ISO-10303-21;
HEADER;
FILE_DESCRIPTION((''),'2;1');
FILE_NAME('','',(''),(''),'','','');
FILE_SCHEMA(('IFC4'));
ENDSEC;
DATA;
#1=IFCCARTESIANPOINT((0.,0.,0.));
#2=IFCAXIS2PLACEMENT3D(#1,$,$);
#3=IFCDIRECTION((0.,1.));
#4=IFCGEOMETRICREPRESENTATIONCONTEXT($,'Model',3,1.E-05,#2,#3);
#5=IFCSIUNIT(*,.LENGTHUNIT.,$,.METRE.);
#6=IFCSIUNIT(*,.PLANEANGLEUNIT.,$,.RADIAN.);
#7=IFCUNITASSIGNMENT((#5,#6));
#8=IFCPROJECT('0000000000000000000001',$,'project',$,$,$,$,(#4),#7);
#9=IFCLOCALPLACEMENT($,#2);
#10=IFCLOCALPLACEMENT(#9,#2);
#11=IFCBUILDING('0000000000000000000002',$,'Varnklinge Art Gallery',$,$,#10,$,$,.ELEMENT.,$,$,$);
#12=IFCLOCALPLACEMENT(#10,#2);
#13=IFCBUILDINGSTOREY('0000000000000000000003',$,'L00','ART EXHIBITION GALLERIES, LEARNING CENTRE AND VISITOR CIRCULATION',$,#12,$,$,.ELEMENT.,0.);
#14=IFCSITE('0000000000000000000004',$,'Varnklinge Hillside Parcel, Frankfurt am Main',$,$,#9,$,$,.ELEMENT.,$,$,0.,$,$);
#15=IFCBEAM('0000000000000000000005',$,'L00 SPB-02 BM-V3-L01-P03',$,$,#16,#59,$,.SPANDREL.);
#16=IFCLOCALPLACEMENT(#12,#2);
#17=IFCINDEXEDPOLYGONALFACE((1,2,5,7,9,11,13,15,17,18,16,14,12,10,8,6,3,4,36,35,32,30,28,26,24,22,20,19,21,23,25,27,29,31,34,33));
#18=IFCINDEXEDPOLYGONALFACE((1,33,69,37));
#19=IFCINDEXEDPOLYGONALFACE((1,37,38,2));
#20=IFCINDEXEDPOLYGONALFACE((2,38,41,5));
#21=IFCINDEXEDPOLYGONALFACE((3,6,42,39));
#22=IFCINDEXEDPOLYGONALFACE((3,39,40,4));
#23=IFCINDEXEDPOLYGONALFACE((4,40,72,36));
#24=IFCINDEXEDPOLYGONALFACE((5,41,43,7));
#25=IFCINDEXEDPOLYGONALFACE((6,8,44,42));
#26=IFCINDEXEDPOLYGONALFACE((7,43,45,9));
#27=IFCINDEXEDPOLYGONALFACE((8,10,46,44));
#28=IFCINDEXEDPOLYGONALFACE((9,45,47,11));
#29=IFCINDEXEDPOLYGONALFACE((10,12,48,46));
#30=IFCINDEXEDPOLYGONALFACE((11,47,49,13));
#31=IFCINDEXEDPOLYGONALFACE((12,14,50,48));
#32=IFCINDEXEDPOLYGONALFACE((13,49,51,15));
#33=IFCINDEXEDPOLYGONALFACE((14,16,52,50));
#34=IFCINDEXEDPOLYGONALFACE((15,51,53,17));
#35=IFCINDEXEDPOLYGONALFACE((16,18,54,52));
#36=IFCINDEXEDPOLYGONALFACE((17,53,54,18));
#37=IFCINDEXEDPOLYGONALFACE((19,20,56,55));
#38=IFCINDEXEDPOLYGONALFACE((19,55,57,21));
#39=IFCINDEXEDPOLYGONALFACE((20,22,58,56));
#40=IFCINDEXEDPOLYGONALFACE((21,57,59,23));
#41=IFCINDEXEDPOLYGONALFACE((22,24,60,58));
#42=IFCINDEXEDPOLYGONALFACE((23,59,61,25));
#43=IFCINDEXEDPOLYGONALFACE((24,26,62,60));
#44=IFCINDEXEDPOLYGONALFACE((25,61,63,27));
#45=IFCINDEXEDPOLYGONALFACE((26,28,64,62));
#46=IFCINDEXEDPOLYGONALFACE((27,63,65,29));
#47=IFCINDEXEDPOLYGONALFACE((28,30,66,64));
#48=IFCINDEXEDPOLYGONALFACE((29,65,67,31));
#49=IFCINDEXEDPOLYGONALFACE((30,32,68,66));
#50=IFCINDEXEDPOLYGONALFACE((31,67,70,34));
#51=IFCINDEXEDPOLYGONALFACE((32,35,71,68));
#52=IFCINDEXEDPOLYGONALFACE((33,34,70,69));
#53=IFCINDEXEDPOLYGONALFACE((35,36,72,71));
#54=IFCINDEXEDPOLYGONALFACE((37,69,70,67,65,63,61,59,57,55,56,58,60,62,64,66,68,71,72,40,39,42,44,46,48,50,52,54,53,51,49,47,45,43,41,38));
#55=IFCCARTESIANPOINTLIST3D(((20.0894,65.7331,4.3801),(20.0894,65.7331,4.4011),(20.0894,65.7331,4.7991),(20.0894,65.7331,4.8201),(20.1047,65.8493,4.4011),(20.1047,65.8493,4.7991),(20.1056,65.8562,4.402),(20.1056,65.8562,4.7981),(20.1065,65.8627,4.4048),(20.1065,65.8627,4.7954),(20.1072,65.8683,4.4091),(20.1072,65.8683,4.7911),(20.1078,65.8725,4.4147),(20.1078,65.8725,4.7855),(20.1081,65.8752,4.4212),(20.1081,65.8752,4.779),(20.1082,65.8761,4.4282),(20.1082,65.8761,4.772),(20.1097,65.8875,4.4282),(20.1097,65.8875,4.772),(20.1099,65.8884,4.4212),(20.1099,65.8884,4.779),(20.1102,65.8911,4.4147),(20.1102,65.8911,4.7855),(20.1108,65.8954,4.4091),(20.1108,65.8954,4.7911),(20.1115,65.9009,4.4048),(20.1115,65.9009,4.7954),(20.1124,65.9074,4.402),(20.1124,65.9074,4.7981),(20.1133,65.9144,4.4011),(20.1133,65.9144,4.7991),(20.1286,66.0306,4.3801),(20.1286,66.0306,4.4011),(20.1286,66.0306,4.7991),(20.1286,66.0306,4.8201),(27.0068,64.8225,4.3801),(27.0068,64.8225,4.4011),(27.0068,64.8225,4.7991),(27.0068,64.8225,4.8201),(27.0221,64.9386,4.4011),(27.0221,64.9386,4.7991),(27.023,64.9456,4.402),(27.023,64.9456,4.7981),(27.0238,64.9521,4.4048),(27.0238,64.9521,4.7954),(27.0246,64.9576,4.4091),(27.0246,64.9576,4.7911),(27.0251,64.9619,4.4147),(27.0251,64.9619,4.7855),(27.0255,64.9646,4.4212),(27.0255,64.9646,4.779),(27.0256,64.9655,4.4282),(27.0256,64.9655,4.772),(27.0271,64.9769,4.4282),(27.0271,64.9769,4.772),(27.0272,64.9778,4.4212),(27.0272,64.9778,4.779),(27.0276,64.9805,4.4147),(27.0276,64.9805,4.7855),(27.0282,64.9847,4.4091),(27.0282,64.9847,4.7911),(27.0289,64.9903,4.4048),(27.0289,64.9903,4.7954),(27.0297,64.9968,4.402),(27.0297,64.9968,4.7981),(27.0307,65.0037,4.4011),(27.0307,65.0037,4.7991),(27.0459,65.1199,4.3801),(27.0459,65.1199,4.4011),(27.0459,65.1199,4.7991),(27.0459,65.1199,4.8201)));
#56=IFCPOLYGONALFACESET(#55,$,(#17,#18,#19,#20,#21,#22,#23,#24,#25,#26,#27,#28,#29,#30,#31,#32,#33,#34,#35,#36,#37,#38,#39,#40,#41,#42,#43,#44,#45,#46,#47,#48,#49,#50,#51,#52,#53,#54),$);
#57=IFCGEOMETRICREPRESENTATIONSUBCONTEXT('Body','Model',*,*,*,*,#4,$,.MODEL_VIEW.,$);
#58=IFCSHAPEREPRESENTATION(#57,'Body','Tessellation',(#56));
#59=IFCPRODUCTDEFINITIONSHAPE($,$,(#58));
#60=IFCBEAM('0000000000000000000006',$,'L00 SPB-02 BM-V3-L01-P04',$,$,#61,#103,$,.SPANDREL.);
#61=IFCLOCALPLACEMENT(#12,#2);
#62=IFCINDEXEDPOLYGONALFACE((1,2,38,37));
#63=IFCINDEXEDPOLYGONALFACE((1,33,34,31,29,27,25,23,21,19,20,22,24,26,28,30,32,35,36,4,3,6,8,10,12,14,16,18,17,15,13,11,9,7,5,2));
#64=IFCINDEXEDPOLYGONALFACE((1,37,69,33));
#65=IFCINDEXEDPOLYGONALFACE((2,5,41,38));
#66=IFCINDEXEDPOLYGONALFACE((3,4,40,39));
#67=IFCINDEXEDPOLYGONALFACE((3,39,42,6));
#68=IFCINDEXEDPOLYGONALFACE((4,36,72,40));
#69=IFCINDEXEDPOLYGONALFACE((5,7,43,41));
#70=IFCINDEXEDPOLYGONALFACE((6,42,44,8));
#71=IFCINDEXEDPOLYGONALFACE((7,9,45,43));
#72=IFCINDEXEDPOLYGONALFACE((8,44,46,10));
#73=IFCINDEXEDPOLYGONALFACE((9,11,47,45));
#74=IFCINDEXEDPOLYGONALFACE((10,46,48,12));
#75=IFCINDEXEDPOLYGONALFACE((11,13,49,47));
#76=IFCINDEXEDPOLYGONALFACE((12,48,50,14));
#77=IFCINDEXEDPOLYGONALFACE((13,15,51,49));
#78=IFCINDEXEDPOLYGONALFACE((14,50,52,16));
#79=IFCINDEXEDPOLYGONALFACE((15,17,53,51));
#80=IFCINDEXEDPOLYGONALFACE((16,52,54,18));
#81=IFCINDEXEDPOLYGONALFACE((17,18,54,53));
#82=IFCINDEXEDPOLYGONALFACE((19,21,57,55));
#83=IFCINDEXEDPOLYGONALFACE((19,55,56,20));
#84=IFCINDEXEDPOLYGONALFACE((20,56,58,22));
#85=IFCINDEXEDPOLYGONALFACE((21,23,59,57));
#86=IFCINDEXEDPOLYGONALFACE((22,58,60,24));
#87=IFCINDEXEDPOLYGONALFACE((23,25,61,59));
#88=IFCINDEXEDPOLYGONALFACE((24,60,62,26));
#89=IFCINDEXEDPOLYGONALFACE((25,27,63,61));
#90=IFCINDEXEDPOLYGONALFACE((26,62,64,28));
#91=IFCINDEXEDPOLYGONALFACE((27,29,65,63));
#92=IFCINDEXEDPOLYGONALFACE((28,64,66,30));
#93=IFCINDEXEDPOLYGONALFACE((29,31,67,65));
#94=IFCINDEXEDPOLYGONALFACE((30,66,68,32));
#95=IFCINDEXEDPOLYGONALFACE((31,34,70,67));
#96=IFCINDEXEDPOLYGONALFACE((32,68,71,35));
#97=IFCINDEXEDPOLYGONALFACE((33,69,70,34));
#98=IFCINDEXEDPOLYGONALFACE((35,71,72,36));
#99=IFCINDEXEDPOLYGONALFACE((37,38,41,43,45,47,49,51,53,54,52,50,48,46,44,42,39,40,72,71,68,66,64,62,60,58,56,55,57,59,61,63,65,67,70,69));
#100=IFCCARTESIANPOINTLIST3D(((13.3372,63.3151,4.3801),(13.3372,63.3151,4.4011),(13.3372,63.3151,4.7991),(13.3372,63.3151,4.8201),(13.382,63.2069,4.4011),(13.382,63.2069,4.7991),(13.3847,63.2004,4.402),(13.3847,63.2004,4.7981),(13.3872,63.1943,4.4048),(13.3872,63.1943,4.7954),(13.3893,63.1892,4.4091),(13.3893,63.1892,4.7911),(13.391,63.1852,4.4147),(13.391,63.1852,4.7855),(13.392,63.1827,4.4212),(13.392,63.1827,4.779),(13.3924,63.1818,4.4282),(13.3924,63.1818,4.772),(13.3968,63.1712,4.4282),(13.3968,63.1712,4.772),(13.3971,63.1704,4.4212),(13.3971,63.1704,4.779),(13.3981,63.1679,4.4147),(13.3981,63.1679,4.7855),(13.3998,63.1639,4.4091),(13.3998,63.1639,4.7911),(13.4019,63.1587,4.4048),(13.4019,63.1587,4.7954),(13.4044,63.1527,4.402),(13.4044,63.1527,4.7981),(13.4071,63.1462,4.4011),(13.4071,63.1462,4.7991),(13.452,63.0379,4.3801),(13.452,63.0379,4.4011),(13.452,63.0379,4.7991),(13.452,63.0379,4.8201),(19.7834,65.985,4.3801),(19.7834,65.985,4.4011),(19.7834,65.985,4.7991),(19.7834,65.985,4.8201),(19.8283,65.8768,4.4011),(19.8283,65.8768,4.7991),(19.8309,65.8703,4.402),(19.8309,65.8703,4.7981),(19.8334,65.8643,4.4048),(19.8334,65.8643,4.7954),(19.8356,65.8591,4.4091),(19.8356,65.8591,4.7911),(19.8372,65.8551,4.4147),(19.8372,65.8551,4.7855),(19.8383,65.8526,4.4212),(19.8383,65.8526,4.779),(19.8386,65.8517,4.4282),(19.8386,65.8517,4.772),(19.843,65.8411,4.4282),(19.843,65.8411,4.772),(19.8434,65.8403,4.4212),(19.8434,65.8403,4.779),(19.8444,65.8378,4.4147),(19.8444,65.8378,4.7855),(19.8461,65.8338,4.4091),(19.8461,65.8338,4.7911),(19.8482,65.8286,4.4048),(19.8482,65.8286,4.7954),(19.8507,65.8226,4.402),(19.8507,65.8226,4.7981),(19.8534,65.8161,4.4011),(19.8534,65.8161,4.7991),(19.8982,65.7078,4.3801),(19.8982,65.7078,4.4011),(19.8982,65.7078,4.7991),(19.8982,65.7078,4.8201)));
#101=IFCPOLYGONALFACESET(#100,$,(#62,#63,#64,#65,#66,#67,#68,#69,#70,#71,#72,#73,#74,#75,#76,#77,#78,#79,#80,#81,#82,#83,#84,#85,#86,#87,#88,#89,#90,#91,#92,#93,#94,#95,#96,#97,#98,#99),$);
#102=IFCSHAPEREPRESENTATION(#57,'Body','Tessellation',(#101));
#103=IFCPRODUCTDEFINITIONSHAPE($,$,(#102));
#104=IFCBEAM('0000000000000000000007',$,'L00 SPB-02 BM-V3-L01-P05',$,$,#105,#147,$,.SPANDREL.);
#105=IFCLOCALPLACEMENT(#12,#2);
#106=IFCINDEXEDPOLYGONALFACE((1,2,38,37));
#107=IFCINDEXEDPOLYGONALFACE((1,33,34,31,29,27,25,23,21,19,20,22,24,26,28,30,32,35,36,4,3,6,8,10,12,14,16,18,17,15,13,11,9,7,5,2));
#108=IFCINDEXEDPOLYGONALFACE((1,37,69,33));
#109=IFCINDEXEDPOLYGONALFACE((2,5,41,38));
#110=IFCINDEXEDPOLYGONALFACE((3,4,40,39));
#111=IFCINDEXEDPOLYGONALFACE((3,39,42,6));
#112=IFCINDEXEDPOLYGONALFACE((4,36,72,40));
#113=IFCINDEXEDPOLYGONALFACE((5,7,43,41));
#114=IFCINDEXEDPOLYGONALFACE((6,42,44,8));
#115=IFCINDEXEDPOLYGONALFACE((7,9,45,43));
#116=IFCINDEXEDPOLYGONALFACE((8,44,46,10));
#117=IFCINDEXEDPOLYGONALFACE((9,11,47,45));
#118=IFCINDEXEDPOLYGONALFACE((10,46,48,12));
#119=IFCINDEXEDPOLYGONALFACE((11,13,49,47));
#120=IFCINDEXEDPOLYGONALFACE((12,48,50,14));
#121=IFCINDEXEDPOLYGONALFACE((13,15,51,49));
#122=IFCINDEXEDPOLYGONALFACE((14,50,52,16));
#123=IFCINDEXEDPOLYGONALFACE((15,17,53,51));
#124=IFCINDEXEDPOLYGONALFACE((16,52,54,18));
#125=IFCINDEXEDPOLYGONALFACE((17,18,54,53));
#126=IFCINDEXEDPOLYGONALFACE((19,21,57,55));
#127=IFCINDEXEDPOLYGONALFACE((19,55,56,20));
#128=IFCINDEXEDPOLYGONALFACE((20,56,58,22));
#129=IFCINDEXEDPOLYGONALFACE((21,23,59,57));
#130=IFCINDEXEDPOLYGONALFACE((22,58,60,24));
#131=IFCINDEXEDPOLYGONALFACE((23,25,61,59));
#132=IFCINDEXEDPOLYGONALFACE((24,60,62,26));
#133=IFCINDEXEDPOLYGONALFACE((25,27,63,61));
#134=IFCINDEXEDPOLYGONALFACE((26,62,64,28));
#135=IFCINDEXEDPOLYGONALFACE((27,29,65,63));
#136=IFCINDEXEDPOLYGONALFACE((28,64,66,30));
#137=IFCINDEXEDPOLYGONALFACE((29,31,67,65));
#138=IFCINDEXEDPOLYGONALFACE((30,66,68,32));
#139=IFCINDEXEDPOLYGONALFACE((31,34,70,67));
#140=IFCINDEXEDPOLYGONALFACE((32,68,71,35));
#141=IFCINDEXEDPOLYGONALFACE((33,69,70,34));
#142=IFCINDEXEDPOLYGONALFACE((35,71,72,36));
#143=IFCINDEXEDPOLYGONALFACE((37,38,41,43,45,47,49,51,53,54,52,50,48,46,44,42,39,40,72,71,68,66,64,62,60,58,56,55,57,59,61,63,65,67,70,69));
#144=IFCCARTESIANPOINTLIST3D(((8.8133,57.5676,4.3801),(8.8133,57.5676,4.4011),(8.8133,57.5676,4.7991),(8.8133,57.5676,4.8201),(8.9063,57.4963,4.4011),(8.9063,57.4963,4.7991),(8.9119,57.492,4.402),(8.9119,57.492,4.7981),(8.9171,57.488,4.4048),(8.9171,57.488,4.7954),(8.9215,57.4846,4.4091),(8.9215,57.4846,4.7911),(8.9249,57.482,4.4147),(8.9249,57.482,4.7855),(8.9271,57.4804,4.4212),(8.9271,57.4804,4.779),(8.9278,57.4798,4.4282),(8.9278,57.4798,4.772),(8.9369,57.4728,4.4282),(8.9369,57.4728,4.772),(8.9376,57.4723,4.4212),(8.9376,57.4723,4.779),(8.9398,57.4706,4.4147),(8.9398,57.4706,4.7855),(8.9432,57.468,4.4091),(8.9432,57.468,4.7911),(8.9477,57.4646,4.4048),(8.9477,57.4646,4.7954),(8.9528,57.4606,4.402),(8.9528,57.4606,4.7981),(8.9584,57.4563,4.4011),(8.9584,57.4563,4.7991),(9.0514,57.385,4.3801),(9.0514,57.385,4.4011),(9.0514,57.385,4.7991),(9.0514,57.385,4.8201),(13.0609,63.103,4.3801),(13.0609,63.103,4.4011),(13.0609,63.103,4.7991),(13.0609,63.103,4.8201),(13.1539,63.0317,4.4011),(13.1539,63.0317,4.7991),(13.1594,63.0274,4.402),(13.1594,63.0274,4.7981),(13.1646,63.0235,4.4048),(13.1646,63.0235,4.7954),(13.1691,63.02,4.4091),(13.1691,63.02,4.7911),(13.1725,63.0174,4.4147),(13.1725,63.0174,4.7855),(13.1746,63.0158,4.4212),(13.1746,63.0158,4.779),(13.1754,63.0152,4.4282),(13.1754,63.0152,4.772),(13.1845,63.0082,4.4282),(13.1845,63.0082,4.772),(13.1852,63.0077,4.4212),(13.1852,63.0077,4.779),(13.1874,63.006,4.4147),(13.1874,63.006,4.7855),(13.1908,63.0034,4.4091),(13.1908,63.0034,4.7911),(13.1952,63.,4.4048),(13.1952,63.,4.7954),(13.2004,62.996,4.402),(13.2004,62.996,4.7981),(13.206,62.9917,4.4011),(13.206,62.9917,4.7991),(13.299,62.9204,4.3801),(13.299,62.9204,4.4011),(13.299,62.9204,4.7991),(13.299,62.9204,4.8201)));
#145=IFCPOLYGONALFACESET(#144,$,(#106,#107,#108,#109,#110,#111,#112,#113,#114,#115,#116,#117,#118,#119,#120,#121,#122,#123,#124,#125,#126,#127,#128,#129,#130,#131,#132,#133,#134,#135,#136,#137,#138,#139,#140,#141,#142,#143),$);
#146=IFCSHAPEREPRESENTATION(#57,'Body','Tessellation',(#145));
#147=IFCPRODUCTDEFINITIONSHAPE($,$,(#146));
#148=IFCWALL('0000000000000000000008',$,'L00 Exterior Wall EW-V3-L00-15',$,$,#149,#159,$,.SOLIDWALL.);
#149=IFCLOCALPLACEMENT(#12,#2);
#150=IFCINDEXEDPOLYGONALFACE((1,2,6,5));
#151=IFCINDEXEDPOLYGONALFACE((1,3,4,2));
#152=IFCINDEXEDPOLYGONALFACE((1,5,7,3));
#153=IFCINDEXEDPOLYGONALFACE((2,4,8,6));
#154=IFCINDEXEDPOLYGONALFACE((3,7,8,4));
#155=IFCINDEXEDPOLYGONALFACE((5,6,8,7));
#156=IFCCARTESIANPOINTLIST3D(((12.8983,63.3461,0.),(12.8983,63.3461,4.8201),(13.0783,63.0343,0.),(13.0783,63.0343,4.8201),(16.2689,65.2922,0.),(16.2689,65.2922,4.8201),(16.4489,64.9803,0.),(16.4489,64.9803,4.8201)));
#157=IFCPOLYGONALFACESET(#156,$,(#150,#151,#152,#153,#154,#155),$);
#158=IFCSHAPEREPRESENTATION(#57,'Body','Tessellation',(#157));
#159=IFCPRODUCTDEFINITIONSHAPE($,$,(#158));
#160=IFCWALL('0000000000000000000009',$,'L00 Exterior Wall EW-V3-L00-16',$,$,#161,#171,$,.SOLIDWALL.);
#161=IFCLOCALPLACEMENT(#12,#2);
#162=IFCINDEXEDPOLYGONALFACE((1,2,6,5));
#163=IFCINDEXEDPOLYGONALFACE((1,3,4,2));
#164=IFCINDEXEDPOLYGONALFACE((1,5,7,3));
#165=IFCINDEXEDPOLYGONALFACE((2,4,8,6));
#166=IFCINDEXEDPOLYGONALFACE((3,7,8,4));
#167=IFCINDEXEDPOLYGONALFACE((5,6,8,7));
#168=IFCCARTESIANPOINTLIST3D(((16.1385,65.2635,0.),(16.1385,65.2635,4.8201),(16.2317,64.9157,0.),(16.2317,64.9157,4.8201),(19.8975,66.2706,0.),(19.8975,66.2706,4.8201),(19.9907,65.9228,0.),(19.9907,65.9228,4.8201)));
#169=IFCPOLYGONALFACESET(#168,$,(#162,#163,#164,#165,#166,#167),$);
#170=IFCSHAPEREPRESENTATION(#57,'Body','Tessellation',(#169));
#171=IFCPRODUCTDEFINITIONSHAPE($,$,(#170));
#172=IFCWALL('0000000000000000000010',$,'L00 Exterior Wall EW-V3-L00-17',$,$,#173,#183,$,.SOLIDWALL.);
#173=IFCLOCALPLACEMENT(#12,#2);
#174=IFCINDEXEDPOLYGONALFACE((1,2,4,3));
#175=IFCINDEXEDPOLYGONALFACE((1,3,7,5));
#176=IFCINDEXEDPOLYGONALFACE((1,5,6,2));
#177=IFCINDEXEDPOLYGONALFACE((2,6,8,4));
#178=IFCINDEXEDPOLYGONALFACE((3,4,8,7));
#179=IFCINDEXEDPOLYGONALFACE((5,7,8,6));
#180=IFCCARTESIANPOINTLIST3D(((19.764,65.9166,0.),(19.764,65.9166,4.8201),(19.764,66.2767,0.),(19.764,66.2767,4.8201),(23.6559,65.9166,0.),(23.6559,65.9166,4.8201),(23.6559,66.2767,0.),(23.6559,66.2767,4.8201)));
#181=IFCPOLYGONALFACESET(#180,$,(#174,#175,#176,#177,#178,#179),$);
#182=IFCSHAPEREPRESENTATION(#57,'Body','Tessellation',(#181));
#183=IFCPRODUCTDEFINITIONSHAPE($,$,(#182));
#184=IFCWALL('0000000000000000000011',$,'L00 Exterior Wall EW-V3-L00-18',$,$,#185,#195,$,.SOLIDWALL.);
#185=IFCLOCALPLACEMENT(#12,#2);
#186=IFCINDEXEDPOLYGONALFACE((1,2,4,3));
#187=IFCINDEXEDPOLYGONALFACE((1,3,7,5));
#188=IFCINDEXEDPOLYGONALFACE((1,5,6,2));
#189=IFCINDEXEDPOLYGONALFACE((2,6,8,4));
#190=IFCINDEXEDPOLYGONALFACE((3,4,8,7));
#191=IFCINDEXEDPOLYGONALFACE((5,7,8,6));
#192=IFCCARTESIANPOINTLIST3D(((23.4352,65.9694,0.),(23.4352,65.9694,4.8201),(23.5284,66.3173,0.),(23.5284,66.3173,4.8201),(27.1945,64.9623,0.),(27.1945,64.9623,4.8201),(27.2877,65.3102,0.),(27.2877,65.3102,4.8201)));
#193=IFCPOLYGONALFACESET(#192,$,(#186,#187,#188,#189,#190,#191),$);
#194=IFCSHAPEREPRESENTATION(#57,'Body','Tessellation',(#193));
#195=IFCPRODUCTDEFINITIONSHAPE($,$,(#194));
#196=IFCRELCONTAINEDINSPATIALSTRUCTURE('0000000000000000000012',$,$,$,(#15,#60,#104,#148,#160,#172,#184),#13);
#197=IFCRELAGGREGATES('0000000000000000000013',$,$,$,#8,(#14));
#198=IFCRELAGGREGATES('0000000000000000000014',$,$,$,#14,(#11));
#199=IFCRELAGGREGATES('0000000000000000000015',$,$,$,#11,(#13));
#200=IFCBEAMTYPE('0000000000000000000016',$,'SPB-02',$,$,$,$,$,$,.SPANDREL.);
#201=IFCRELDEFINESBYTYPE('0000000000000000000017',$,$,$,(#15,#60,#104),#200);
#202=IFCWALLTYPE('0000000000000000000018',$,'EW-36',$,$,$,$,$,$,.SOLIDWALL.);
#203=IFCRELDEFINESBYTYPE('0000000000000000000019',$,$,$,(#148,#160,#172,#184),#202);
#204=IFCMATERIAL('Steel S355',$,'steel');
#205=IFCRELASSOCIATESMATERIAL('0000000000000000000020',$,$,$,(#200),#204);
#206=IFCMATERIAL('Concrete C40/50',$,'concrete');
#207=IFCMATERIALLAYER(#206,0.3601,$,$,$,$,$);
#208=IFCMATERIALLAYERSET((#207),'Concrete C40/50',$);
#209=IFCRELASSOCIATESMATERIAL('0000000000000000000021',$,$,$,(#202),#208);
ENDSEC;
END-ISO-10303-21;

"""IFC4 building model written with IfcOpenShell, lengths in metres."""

from ifc_helpers import new_model, si_unit, direction, frame, frame_2d, origin, origin_2d, place, context, subcontext, project, spatial, rectangle, i_section, extrude, material, layer, layer_set, material_profile, profile_set, type_object, element, save


model = new_model("IFC4")

# Units and contexts
model_context = context("Model", 3, precision=1e-05, world=origin(), true_north=direction((0.0, 1.0)))
body_context = subcontext(model_context, "Body", "Model", "MODEL_VIEW")
ifc_project = project(units=[si_unit("LENGTHUNIT", "METRE"), si_unit("PLANEANGLEUNIT", "RADIAN")], contexts=[model_context])

# Site, building, storey
site_placement = place(None, origin())
site = spatial("IfcSite", under=ifc_project, at=site_placement, Name="Varnklinge Hillside Parcel, Frankfurt am Main", CompositionType="ELEMENT", RefElevation=0.0)
building_placement = place(site_placement, origin())
building = spatial("IfcBuilding", under=site, at=building_placement, Name="Varnklinge Art Gallery", CompositionType="ELEMENT")
storey_placement = place(building_placement, origin())
storey = spatial("IfcBuildingStorey", under=building, at=storey_placement, Name="L00", Description="ART EXHIBITION GALLERIES, LEARNING CENTRE AND VISITOR CIRCULATION", CompositionType="ELEMENT", Elevation=0.0)

# Beams
ifc_material_1 = material(Name="Steel S355", Category="steel")
ifc_material_profile_1 = material_profile(ifc_material_1, i_section(OverallWidth=0.3, OverallDepth=0.4399, WebThickness=0.0115, FlangeThickness=0.021, FilletRadius=0.0271, at=origin_2d()), Name="HEA 450")
ifc_profile_set_1 = profile_set([ifc_material_profile_1], Name="Steel S355")
beam_type_1 = type_object("IfcBeamType", Name="SPB-02", PredefinedType="SPANDREL", material=ifc_profile_set_1)
beam_1_placement = place(storey_placement, frame((27.0264, 64.9712, 4.6001), z_axis=(-0.991446, 0.130518, 0.0), x_axis=(-0.130518, -0.991446, 0.0)))
element("IfcBeam", 1, at=beam_1_placement, inside=storey, type_object=beam_type_1, Name="L00 SPB-02 BM-V3-L01-P03", PredefinedType="SPANDREL", context=body_context, shape_type="SweptSolid", body=[
    extrude(i_section(OverallWidth=0.3, OverallDepth=0.4399, WebThickness=0.0115, FlangeThickness=0.021, FilletRadius=0.0271, at=origin_2d()), origin(), (0.0, 0.0, 1.0), 6.9771),
])
for number, where, z_axis, x_axis, name in (
    (2, (19.8408, 65.8464, 4.6001), (-0.923891, -0.382657, 0.0), (0.382657, -0.923891, 0.0), "L00 SPB-02 BM-V3-L01-P04"),
    (3, (13.1799, 63.0117, 4.6001), (-0.60877, -0.793347, 0.0), (0.793347, -0.60877, 0.0), "L00 SPB-02 BM-V3-L01-P05"),
):
    element("IfcBeam", number, at=place(storey_placement, frame(where, z_axis=z_axis, x_axis=x_axis)), inside=storey, type_object=beam_type_1, Name=name, PredefinedType="SPANDREL", context=body_context, shape_type="SweptSolid", body=[
        extrude(i_section(OverallWidth=0.3, OverallDepth=0.4399, WebThickness=0.0115, FlangeThickness=0.021, FilletRadius=0.0271, at=origin_2d()), origin(), (0.0, 0.0, 1.0), 6.9773),
    ])

# Walls
ifc_material_2 = material(Name="Concrete C40/50", Category="concrete")
ifc_layer_1 = layer(ifc_material_2, 0.3601)
ifc_layer_set_1 = layer_set([ifc_layer_1], Name="Concrete C40/50")
wall_type = type_object("IfcWallType", Name="EW-36", PredefinedType="SOLIDWALL", material=ifc_layer_set_1)
wall_1_placement = place(storey_placement, frame((12.9883, 63.1902, 0.0), z_axis=(0.0, 0.0, 1.0), x_axis=(0.866023, 0.500005, 0.0)))
element("IfcWall", 4, at=wall_1_placement, inside=storey, type_object=wall_type, Name="L00 Exterior Wall EW-V3-L00-15", PredefinedType="SOLIDWALL", context=body_context, shape_type="SweptSolid", body=[
    extrude(rectangle(XDim=3.8921, YDim=0.3601, at=frame_2d((1.946, 0.0))), origin(), (0.0, 0.0, 1.0), 4.8201),
])
wall_2_placement = place(storey_placement, frame((16.1851, 65.0896, 0.0), z_axis=(0.0, 0.0, 1.0), x_axis=(0.965935, 0.258783, 0.0)))
element("IfcWall", 5, at=wall_2_placement, inside=storey, type_object=wall_type, Name="L00 Exterior Wall EW-V3-L00-16", PredefinedType="SOLIDWALL", context=body_context, shape_type="SweptSolid", body=[
    extrude(rectangle(XDim=3.8916, YDim=0.3601, at=frame_2d((1.9458, 0.0))), origin(), (0.0, 0.0, 1.0), 4.8201),
])
for number, where, z_axis, x_axis, name in (
    (6, (19.7642, 66.0967, 0.0), (0.0, 0.0, 1.0), (1.0, 0.0, 0.0), "L00 Exterior Wall EW-V3-L00-17"),
    (7, (23.4819, 66.1433, 0.0), (0.0, 0.0, 1.0), (0.96594, -0.258767, 0.0), "L00 Exterior Wall EW-V3-L00-18"),
):
    element("IfcWall", number, at=place(storey_placement, frame(where, z_axis=z_axis, x_axis=x_axis)), inside=storey, type_object=wall_type, Name=name, PredefinedType="SOLIDWALL", context=body_context, shape_type="SweptSolid", body=[
        extrude(rectangle(XDim=3.8918, YDim=0.3601, at=frame_2d((1.9458, 0.0))), origin(), (0.0, 0.0, 1.0), 4.8201),
    ])

save(model, "model.ifc")
